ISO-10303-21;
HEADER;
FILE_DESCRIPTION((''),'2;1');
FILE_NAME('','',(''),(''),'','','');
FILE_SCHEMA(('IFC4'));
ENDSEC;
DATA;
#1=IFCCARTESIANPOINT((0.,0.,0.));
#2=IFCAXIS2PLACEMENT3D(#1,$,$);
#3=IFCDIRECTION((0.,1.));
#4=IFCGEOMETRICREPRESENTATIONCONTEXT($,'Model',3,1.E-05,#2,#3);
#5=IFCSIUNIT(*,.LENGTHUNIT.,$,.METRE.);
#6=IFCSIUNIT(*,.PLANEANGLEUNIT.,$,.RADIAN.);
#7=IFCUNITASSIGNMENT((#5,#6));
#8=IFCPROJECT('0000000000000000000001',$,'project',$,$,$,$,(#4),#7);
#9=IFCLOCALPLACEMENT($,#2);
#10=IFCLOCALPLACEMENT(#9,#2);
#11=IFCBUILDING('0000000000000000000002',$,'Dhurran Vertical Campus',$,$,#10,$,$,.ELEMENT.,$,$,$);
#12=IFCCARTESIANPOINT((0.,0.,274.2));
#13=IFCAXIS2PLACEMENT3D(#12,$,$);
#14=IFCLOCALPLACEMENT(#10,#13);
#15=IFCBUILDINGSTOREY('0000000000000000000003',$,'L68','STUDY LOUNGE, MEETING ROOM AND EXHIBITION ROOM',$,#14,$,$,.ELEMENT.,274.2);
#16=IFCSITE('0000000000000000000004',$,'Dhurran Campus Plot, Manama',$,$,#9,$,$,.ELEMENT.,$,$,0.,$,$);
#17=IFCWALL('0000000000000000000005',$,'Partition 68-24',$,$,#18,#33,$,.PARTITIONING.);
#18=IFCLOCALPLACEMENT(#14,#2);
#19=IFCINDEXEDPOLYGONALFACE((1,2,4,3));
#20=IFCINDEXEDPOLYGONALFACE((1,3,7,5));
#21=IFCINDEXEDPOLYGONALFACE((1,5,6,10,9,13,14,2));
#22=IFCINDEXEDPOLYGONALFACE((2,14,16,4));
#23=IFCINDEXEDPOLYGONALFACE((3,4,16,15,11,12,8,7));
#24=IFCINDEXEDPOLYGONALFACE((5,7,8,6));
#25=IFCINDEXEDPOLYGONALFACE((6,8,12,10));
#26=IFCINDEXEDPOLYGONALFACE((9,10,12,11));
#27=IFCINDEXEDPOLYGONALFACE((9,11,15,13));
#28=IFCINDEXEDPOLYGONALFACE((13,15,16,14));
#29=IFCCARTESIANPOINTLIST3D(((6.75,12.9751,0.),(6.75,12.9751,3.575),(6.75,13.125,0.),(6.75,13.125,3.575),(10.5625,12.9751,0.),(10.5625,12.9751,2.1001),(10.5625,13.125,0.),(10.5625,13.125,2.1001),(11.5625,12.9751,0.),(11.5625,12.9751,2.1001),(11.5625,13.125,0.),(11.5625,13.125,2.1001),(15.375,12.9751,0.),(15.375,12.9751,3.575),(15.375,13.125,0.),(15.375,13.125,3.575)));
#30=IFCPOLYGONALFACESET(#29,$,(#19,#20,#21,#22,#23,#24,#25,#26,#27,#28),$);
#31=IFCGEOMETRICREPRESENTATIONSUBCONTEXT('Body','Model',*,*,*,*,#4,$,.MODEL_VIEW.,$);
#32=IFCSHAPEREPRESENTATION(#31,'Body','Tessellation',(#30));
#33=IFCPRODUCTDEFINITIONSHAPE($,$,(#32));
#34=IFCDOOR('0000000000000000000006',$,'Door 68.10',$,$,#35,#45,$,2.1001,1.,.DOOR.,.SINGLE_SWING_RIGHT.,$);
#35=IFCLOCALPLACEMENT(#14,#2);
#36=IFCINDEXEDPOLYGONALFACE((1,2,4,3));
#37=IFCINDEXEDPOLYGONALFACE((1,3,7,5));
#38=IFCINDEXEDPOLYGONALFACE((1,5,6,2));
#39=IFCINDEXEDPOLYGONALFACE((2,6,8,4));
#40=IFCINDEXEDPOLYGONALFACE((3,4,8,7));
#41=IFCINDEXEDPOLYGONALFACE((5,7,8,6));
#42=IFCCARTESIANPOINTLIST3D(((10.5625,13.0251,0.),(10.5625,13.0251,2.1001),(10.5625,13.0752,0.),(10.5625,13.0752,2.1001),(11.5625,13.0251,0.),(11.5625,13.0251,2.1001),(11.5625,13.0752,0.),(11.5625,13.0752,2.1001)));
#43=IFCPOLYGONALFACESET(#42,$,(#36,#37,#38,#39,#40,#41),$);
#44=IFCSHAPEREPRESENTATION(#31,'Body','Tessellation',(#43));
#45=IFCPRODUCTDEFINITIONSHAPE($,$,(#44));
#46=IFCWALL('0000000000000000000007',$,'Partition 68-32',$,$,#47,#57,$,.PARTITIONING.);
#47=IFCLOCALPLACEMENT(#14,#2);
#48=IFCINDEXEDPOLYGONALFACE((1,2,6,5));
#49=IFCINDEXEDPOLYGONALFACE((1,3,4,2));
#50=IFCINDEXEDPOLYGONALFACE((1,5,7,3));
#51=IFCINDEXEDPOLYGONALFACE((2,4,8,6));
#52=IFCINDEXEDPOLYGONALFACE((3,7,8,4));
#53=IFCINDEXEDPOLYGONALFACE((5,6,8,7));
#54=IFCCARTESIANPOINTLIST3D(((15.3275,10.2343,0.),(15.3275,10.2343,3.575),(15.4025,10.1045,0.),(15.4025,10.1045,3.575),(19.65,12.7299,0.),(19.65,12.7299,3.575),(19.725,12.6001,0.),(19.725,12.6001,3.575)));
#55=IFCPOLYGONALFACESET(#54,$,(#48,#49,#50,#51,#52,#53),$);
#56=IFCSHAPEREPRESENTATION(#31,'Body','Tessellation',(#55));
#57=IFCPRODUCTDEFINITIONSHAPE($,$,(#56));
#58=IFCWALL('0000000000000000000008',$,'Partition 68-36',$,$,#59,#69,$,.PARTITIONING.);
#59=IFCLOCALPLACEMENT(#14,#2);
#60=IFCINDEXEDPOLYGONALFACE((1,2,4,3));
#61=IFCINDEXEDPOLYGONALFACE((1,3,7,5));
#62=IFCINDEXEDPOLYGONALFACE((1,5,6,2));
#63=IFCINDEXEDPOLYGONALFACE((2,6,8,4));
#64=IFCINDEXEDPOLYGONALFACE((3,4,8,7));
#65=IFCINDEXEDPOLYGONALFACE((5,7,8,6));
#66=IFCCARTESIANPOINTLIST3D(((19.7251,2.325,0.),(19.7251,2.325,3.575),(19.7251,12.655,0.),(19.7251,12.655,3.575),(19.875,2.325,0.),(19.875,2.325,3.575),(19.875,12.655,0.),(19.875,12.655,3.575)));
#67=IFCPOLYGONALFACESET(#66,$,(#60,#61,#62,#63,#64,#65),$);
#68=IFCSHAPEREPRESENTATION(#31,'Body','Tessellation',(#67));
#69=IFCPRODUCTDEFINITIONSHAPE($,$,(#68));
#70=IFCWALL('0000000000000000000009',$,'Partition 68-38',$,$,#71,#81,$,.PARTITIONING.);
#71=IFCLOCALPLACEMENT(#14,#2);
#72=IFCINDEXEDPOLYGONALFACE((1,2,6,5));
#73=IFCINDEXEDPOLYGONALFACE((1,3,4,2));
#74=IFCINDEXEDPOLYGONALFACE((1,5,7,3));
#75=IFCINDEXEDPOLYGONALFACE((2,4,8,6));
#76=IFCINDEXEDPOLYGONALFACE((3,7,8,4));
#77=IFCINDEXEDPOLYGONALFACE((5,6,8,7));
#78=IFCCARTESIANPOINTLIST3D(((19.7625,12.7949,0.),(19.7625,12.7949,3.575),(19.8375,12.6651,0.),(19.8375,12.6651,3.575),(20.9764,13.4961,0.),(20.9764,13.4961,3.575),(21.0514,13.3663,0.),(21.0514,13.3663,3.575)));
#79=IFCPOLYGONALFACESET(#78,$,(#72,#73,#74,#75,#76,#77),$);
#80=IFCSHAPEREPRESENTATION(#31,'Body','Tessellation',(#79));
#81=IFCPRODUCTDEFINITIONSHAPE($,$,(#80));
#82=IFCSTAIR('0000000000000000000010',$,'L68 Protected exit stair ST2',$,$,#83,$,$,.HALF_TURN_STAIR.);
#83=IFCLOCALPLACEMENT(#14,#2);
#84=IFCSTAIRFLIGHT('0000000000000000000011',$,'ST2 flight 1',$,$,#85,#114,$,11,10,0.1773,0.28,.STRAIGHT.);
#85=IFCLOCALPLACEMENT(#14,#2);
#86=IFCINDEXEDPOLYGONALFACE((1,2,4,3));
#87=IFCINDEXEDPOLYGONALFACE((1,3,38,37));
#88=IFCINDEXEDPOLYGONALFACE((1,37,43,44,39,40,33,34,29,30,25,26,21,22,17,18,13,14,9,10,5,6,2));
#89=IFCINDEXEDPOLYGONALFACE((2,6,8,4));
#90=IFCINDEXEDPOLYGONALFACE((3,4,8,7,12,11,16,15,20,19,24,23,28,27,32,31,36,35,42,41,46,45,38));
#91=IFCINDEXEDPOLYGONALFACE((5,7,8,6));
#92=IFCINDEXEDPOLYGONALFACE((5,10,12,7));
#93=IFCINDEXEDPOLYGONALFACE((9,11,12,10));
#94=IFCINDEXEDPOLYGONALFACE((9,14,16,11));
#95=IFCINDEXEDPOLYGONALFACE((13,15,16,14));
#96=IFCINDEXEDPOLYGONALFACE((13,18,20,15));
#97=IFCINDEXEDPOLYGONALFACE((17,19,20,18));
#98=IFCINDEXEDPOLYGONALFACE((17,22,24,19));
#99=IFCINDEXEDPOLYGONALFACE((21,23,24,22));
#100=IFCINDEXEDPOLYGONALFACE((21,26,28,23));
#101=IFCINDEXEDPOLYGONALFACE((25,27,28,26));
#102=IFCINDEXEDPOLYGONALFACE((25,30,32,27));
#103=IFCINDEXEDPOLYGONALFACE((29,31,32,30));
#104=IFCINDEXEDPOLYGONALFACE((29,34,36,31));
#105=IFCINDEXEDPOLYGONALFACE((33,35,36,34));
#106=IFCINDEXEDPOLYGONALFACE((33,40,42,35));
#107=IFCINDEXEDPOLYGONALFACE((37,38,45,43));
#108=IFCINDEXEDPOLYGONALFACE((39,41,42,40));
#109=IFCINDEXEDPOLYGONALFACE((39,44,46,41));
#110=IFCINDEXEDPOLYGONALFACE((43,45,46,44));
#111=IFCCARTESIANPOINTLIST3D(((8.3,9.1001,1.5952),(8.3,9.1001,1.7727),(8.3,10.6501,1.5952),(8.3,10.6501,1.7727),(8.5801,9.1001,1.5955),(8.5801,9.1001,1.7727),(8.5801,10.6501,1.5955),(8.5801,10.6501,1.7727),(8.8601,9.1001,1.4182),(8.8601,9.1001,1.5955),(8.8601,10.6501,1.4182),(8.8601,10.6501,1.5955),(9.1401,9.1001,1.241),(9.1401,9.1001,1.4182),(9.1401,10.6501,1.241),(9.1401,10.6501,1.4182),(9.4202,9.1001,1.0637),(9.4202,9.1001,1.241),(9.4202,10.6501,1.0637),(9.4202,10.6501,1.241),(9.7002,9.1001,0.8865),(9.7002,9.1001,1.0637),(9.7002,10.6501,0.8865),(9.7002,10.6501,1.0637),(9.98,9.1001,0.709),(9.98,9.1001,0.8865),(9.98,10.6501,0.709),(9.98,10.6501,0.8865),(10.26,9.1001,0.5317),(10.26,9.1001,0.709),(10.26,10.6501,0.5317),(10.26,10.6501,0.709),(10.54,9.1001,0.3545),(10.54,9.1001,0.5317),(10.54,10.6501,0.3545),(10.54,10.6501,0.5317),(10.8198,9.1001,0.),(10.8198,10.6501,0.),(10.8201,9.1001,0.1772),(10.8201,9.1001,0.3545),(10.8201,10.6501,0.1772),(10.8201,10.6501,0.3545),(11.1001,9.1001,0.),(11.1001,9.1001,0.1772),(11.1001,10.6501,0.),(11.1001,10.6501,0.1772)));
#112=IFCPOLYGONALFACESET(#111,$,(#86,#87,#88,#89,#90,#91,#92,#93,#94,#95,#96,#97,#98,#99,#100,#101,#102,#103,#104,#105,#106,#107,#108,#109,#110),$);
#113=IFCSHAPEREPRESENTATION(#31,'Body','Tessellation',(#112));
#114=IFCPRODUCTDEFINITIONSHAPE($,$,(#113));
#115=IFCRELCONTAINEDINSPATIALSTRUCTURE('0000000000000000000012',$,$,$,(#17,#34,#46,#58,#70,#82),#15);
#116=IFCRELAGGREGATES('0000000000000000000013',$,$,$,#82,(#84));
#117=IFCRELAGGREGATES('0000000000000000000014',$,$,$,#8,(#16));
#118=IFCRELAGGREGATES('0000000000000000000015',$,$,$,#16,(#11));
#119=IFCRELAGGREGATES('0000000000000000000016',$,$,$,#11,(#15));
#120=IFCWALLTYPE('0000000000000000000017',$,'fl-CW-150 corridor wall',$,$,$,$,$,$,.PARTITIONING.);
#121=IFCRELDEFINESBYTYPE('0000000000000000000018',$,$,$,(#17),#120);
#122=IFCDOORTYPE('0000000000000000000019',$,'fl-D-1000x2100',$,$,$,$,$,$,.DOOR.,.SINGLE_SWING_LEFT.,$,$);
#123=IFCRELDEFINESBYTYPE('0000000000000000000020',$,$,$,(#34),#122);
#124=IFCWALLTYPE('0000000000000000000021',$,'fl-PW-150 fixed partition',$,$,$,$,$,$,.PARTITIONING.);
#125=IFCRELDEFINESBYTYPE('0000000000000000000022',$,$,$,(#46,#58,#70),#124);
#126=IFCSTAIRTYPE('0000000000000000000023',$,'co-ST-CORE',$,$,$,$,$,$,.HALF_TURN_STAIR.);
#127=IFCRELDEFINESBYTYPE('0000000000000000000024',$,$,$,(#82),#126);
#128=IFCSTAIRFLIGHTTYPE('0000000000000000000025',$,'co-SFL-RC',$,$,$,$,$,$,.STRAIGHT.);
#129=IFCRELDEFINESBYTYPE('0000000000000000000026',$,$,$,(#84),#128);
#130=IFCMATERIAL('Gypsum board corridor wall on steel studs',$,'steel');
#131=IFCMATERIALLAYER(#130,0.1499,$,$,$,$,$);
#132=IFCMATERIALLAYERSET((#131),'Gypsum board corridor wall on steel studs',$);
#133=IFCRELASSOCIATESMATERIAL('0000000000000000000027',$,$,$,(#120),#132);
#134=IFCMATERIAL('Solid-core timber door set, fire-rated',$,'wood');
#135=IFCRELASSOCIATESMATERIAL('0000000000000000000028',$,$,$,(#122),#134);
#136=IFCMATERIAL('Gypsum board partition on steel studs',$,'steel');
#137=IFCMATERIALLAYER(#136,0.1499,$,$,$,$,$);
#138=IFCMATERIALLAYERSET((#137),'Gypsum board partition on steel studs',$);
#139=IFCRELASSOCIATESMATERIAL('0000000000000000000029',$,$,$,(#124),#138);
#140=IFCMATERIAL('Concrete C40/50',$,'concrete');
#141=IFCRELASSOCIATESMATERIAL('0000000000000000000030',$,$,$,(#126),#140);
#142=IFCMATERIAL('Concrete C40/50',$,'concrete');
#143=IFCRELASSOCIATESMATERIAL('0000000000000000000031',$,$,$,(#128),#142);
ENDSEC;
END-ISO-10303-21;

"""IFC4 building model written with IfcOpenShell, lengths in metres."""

from ifc_helpers import new_model, si_unit, direction, frame, frame_2d, origin, place, context, subcontext, project, spatial, polyline, rectangle, outline, extrude, material, layer, layer_set, type_object, element, fill, aggregate, save


model = new_model("IFC4")

# Units and contexts
model_context = context("Model", 3, precision=1e-05, world=origin(), true_north=direction((0.0, 1.0)))
body_context = subcontext(model_context, "Body", "Model", "MODEL_VIEW")
ifc_project = project(units=[si_unit("LENGTHUNIT", "METRE"), si_unit("PLANEANGLEUNIT", "RADIAN")], contexts=[model_context])

# Site, building, storey
site_placement = place(None, origin())
site = spatial("IfcSite", under=ifc_project, at=site_placement, Name="Dhurran Campus Plot, Manama", CompositionType="ELEMENT", RefElevation=0.0)
building_placement = place(site_placement, origin())
building = spatial("IfcBuilding", under=site, at=building_placement, Name="Dhurran Vertical Campus", CompositionType="ELEMENT")
storey_placement = place(building_placement, frame((0.0, 0.0, 274.2)))
storey = spatial("IfcBuildingStorey", under=building, at=storey_placement, Name="L68", Description="STUDY LOUNGE, MEETING ROOM AND EXHIBITION ROOM", CompositionType="ELEMENT", Elevation=274.2)

# Wall, opening, door
ifc_material_1 = material(Name="Gypsum board corridor wall on steel studs", Category="steel")
ifc_layer_1 = layer(ifc_material_1, 0.1499)
ifc_layer_set_1 = layer_set([ifc_layer_1], Name="Gypsum board corridor wall on steel studs")
wall_type_1 = type_object("IfcWallType", Name="fl-CW-150 corridor wall", PredefinedType="PARTITIONING", material=ifc_layer_set_1)
wall_1_placement = place(storey_placement, frame((15.375, 13.05, 0.0), z_axis=(0.0, 0.0, 1.0), x_axis=(-1.0, 0.0, 0.0)))
wall_1 = element("IfcWall", 1, at=wall_1_placement, inside=storey, type_object=wall_type_1, Name="Partition 68-24", PredefinedType="PARTITIONING", context=body_context, shape_type="SweptSolid", body=[
    extrude(rectangle(XDim=8.625, YDim=0.1499, at=frame_2d((4.3125, 0.0))), origin(), (0.0, 0.0, 1.0), 3.575),
])
opening_1_placement = place(wall_1_placement, frame((3.8125, 0.0, 0.0)))
opening_1 = element("IfcOpeningElement", 2, at=opening_1_placement, cuts=wall_1, PredefinedType="OPENING", context=body_context, shape_type="SweptSolid", body=[
    extrude(rectangle(XDim=1.0, YDim=2.1001, at=frame_2d((0.5, 1.05))), frame((0.0, 0.085, 0.0), z_axis=(0.0, -1.0, 0.0), x_axis=(1.0, 0.0, 0.0)), (0.0, 0.0, 1.0), 0.1699),
])
ifc_material_2 = material(Name="Solid-core timber door set, fire-rated", Category="wood")
door_type = type_object("IfcDoorType", Name="fl-D-1000x2100", OperationType="SINGLE_SWING_LEFT", PredefinedType="DOOR", material=ifc_material_2)
door_placement = place(opening_1_placement, origin())
door = element("IfcDoor", 3, at=door_placement, inside=storey, type_object=door_type, Name="Door 68.10", OperationType="SINGLE_SWING_RIGHT", OverallHeight=2.1001, OverallWidth=1.0, PredefinedType="DOOR", context=body_context, shape_type="SweptSolid", body=[
    extrude(rectangle(XDim=1.0, YDim=2.1001, at=frame_2d((0.5, 1.05))), frame((0.0, 0.0249, 0.0), z_axis=(0.0, -1.0, 0.0), x_axis=(1.0, 0.0, 0.0)), (0.0, 0.0, 1.0), 0.05),
])
fill(opening_1, door)

# Walls
ifc_material_3 = material(Name="Gypsum board partition on steel studs", Category="steel")
ifc_layer_2 = layer(ifc_material_3, 0.1499)
ifc_layer_set_2 = layer_set([ifc_layer_2], Name="Gypsum board partition on steel studs")
wall_type_2 = type_object("IfcWallType", Name="fl-PW-150 fixed partition", PredefinedType="PARTITIONING", material=ifc_layer_set_2)
wall_2_placement = place(storey_placement, frame((19.6875, 12.665, 0.0), z_axis=(0.0, 0.0, 1.0), x_axis=(-0.866025, -0.5, 0.0)))
element("IfcWall", 4, at=wall_2_placement, inside=storey, type_object=wall_type_2, Name="Partition 68-32", PredefinedType="PARTITIONING", context=body_context, shape_type="SweptSolid", body=[
    extrude(rectangle(XDim=4.9912, YDim=0.1499, at=frame_2d((2.4956, 0.0))), origin(), (0.0, 0.0, 1.0), 3.575),
])
wall_3_placement = place(storey_placement, frame((19.8, 12.655, 0.0), z_axis=(0.0, 0.0, 1.0), x_axis=(0.0, -1.0, 0.0)))
element("IfcWall", 5, at=wall_3_placement, inside=storey, type_object=wall_type_2, Name="Partition 68-36", PredefinedType="PARTITIONING", context=body_context, shape_type="SweptSolid", body=[
    extrude(rectangle(XDim=10.3301, YDim=0.1499, at=frame_2d((5.165, 0.0))), origin(), (0.0, 0.0, 1.0), 3.575),
])
wall_4_placement = place(storey_placement, frame((21.0139, 13.4312, 0.0), z_axis=(0.0, 0.0, 1.0), x_axis=(-0.865919, -0.500185, 0.0)))
element("IfcWall", 6, at=wall_4_placement, inside=storey, type_object=wall_type_2, Name="Partition 68-38", PredefinedType="PARTITIONING", context=body_context, shape_type="SweptSolid", body=[
    extrude(rectangle(XDim=1.4019, YDim=0.1499, at=frame_2d((0.7009, 0.0))), origin(), (0.0, 0.0, 1.0), 3.575),
])

# Stair, stair flight
ifc_material_4 = material(Name="Concrete C40/50", Category="concrete")
stair_type = type_object("IfcStairType", Name="co-ST-CORE", PredefinedType="HALF_TURN_STAIR", material=ifc_material_4)
stair_placement = place(storey_placement, origin())
stair = element("IfcStair", 7, at=stair_placement, inside=storey, type_object=stair_type, Name="L68 Protected exit stair ST2", PredefinedType="HALF_TURN_STAIR")
ifc_material_5 = material(Name="Concrete C40/50", Category="concrete")
stair_flight_type = type_object("IfcStairFlightType", Name="co-SFL-RC", PredefinedType="STRAIGHT", material=ifc_material_5)
stair_flight_placement = place(storey_placement, frame((11.1001, 9.875, 0.0), z_axis=(0.0, 0.0, 1.0), x_axis=(-1.0, 0.0, 0.0)))
stair_flight = element("IfcStairFlight", 8, at=stair_flight_placement, type_object=stair_flight_type, Name="ST2 flight 1", NumberOfRisers=11, NumberOfTreads=10, PredefinedType="STRAIGHT", RiserHeight=0.1773, TreadLength=0.28, context=body_context, shape_type="SweptSolid", body=[
    extrude(outline(polyline([(0.0, 0.0), (0.0, 0.1772), (0.28, 0.1772), (0.28, 0.3545), (0.5601, 0.3545), (0.5601, 0.5317), (0.8401, 0.5317), (0.8401, 0.709), (1.1201, 0.709), (1.1201, 0.8865), (1.3999, 0.8865), (1.3999, 1.0637), (1.6799, 1.0637), (1.6799, 1.241), (1.96, 1.241), (1.96, 1.4182), (2.24, 1.4182), (2.24, 1.5955), (2.52, 1.5955), (2.52, 1.7727), (2.8, 1.7727), (2.8, 1.95), (2.8, 1.5952), (0.2803, 0.0), (0.0, 0.0)])), frame((0.0, 0.7749, 0.0), z_axis=(0.0, -1.0, 0.0), x_axis=(1.0, 0.0, 0.0)), (0.0, 0.0, 1.0), 1.55),
])
aggregate(stair, [stair_flight])

save(model, "model.ifc")
